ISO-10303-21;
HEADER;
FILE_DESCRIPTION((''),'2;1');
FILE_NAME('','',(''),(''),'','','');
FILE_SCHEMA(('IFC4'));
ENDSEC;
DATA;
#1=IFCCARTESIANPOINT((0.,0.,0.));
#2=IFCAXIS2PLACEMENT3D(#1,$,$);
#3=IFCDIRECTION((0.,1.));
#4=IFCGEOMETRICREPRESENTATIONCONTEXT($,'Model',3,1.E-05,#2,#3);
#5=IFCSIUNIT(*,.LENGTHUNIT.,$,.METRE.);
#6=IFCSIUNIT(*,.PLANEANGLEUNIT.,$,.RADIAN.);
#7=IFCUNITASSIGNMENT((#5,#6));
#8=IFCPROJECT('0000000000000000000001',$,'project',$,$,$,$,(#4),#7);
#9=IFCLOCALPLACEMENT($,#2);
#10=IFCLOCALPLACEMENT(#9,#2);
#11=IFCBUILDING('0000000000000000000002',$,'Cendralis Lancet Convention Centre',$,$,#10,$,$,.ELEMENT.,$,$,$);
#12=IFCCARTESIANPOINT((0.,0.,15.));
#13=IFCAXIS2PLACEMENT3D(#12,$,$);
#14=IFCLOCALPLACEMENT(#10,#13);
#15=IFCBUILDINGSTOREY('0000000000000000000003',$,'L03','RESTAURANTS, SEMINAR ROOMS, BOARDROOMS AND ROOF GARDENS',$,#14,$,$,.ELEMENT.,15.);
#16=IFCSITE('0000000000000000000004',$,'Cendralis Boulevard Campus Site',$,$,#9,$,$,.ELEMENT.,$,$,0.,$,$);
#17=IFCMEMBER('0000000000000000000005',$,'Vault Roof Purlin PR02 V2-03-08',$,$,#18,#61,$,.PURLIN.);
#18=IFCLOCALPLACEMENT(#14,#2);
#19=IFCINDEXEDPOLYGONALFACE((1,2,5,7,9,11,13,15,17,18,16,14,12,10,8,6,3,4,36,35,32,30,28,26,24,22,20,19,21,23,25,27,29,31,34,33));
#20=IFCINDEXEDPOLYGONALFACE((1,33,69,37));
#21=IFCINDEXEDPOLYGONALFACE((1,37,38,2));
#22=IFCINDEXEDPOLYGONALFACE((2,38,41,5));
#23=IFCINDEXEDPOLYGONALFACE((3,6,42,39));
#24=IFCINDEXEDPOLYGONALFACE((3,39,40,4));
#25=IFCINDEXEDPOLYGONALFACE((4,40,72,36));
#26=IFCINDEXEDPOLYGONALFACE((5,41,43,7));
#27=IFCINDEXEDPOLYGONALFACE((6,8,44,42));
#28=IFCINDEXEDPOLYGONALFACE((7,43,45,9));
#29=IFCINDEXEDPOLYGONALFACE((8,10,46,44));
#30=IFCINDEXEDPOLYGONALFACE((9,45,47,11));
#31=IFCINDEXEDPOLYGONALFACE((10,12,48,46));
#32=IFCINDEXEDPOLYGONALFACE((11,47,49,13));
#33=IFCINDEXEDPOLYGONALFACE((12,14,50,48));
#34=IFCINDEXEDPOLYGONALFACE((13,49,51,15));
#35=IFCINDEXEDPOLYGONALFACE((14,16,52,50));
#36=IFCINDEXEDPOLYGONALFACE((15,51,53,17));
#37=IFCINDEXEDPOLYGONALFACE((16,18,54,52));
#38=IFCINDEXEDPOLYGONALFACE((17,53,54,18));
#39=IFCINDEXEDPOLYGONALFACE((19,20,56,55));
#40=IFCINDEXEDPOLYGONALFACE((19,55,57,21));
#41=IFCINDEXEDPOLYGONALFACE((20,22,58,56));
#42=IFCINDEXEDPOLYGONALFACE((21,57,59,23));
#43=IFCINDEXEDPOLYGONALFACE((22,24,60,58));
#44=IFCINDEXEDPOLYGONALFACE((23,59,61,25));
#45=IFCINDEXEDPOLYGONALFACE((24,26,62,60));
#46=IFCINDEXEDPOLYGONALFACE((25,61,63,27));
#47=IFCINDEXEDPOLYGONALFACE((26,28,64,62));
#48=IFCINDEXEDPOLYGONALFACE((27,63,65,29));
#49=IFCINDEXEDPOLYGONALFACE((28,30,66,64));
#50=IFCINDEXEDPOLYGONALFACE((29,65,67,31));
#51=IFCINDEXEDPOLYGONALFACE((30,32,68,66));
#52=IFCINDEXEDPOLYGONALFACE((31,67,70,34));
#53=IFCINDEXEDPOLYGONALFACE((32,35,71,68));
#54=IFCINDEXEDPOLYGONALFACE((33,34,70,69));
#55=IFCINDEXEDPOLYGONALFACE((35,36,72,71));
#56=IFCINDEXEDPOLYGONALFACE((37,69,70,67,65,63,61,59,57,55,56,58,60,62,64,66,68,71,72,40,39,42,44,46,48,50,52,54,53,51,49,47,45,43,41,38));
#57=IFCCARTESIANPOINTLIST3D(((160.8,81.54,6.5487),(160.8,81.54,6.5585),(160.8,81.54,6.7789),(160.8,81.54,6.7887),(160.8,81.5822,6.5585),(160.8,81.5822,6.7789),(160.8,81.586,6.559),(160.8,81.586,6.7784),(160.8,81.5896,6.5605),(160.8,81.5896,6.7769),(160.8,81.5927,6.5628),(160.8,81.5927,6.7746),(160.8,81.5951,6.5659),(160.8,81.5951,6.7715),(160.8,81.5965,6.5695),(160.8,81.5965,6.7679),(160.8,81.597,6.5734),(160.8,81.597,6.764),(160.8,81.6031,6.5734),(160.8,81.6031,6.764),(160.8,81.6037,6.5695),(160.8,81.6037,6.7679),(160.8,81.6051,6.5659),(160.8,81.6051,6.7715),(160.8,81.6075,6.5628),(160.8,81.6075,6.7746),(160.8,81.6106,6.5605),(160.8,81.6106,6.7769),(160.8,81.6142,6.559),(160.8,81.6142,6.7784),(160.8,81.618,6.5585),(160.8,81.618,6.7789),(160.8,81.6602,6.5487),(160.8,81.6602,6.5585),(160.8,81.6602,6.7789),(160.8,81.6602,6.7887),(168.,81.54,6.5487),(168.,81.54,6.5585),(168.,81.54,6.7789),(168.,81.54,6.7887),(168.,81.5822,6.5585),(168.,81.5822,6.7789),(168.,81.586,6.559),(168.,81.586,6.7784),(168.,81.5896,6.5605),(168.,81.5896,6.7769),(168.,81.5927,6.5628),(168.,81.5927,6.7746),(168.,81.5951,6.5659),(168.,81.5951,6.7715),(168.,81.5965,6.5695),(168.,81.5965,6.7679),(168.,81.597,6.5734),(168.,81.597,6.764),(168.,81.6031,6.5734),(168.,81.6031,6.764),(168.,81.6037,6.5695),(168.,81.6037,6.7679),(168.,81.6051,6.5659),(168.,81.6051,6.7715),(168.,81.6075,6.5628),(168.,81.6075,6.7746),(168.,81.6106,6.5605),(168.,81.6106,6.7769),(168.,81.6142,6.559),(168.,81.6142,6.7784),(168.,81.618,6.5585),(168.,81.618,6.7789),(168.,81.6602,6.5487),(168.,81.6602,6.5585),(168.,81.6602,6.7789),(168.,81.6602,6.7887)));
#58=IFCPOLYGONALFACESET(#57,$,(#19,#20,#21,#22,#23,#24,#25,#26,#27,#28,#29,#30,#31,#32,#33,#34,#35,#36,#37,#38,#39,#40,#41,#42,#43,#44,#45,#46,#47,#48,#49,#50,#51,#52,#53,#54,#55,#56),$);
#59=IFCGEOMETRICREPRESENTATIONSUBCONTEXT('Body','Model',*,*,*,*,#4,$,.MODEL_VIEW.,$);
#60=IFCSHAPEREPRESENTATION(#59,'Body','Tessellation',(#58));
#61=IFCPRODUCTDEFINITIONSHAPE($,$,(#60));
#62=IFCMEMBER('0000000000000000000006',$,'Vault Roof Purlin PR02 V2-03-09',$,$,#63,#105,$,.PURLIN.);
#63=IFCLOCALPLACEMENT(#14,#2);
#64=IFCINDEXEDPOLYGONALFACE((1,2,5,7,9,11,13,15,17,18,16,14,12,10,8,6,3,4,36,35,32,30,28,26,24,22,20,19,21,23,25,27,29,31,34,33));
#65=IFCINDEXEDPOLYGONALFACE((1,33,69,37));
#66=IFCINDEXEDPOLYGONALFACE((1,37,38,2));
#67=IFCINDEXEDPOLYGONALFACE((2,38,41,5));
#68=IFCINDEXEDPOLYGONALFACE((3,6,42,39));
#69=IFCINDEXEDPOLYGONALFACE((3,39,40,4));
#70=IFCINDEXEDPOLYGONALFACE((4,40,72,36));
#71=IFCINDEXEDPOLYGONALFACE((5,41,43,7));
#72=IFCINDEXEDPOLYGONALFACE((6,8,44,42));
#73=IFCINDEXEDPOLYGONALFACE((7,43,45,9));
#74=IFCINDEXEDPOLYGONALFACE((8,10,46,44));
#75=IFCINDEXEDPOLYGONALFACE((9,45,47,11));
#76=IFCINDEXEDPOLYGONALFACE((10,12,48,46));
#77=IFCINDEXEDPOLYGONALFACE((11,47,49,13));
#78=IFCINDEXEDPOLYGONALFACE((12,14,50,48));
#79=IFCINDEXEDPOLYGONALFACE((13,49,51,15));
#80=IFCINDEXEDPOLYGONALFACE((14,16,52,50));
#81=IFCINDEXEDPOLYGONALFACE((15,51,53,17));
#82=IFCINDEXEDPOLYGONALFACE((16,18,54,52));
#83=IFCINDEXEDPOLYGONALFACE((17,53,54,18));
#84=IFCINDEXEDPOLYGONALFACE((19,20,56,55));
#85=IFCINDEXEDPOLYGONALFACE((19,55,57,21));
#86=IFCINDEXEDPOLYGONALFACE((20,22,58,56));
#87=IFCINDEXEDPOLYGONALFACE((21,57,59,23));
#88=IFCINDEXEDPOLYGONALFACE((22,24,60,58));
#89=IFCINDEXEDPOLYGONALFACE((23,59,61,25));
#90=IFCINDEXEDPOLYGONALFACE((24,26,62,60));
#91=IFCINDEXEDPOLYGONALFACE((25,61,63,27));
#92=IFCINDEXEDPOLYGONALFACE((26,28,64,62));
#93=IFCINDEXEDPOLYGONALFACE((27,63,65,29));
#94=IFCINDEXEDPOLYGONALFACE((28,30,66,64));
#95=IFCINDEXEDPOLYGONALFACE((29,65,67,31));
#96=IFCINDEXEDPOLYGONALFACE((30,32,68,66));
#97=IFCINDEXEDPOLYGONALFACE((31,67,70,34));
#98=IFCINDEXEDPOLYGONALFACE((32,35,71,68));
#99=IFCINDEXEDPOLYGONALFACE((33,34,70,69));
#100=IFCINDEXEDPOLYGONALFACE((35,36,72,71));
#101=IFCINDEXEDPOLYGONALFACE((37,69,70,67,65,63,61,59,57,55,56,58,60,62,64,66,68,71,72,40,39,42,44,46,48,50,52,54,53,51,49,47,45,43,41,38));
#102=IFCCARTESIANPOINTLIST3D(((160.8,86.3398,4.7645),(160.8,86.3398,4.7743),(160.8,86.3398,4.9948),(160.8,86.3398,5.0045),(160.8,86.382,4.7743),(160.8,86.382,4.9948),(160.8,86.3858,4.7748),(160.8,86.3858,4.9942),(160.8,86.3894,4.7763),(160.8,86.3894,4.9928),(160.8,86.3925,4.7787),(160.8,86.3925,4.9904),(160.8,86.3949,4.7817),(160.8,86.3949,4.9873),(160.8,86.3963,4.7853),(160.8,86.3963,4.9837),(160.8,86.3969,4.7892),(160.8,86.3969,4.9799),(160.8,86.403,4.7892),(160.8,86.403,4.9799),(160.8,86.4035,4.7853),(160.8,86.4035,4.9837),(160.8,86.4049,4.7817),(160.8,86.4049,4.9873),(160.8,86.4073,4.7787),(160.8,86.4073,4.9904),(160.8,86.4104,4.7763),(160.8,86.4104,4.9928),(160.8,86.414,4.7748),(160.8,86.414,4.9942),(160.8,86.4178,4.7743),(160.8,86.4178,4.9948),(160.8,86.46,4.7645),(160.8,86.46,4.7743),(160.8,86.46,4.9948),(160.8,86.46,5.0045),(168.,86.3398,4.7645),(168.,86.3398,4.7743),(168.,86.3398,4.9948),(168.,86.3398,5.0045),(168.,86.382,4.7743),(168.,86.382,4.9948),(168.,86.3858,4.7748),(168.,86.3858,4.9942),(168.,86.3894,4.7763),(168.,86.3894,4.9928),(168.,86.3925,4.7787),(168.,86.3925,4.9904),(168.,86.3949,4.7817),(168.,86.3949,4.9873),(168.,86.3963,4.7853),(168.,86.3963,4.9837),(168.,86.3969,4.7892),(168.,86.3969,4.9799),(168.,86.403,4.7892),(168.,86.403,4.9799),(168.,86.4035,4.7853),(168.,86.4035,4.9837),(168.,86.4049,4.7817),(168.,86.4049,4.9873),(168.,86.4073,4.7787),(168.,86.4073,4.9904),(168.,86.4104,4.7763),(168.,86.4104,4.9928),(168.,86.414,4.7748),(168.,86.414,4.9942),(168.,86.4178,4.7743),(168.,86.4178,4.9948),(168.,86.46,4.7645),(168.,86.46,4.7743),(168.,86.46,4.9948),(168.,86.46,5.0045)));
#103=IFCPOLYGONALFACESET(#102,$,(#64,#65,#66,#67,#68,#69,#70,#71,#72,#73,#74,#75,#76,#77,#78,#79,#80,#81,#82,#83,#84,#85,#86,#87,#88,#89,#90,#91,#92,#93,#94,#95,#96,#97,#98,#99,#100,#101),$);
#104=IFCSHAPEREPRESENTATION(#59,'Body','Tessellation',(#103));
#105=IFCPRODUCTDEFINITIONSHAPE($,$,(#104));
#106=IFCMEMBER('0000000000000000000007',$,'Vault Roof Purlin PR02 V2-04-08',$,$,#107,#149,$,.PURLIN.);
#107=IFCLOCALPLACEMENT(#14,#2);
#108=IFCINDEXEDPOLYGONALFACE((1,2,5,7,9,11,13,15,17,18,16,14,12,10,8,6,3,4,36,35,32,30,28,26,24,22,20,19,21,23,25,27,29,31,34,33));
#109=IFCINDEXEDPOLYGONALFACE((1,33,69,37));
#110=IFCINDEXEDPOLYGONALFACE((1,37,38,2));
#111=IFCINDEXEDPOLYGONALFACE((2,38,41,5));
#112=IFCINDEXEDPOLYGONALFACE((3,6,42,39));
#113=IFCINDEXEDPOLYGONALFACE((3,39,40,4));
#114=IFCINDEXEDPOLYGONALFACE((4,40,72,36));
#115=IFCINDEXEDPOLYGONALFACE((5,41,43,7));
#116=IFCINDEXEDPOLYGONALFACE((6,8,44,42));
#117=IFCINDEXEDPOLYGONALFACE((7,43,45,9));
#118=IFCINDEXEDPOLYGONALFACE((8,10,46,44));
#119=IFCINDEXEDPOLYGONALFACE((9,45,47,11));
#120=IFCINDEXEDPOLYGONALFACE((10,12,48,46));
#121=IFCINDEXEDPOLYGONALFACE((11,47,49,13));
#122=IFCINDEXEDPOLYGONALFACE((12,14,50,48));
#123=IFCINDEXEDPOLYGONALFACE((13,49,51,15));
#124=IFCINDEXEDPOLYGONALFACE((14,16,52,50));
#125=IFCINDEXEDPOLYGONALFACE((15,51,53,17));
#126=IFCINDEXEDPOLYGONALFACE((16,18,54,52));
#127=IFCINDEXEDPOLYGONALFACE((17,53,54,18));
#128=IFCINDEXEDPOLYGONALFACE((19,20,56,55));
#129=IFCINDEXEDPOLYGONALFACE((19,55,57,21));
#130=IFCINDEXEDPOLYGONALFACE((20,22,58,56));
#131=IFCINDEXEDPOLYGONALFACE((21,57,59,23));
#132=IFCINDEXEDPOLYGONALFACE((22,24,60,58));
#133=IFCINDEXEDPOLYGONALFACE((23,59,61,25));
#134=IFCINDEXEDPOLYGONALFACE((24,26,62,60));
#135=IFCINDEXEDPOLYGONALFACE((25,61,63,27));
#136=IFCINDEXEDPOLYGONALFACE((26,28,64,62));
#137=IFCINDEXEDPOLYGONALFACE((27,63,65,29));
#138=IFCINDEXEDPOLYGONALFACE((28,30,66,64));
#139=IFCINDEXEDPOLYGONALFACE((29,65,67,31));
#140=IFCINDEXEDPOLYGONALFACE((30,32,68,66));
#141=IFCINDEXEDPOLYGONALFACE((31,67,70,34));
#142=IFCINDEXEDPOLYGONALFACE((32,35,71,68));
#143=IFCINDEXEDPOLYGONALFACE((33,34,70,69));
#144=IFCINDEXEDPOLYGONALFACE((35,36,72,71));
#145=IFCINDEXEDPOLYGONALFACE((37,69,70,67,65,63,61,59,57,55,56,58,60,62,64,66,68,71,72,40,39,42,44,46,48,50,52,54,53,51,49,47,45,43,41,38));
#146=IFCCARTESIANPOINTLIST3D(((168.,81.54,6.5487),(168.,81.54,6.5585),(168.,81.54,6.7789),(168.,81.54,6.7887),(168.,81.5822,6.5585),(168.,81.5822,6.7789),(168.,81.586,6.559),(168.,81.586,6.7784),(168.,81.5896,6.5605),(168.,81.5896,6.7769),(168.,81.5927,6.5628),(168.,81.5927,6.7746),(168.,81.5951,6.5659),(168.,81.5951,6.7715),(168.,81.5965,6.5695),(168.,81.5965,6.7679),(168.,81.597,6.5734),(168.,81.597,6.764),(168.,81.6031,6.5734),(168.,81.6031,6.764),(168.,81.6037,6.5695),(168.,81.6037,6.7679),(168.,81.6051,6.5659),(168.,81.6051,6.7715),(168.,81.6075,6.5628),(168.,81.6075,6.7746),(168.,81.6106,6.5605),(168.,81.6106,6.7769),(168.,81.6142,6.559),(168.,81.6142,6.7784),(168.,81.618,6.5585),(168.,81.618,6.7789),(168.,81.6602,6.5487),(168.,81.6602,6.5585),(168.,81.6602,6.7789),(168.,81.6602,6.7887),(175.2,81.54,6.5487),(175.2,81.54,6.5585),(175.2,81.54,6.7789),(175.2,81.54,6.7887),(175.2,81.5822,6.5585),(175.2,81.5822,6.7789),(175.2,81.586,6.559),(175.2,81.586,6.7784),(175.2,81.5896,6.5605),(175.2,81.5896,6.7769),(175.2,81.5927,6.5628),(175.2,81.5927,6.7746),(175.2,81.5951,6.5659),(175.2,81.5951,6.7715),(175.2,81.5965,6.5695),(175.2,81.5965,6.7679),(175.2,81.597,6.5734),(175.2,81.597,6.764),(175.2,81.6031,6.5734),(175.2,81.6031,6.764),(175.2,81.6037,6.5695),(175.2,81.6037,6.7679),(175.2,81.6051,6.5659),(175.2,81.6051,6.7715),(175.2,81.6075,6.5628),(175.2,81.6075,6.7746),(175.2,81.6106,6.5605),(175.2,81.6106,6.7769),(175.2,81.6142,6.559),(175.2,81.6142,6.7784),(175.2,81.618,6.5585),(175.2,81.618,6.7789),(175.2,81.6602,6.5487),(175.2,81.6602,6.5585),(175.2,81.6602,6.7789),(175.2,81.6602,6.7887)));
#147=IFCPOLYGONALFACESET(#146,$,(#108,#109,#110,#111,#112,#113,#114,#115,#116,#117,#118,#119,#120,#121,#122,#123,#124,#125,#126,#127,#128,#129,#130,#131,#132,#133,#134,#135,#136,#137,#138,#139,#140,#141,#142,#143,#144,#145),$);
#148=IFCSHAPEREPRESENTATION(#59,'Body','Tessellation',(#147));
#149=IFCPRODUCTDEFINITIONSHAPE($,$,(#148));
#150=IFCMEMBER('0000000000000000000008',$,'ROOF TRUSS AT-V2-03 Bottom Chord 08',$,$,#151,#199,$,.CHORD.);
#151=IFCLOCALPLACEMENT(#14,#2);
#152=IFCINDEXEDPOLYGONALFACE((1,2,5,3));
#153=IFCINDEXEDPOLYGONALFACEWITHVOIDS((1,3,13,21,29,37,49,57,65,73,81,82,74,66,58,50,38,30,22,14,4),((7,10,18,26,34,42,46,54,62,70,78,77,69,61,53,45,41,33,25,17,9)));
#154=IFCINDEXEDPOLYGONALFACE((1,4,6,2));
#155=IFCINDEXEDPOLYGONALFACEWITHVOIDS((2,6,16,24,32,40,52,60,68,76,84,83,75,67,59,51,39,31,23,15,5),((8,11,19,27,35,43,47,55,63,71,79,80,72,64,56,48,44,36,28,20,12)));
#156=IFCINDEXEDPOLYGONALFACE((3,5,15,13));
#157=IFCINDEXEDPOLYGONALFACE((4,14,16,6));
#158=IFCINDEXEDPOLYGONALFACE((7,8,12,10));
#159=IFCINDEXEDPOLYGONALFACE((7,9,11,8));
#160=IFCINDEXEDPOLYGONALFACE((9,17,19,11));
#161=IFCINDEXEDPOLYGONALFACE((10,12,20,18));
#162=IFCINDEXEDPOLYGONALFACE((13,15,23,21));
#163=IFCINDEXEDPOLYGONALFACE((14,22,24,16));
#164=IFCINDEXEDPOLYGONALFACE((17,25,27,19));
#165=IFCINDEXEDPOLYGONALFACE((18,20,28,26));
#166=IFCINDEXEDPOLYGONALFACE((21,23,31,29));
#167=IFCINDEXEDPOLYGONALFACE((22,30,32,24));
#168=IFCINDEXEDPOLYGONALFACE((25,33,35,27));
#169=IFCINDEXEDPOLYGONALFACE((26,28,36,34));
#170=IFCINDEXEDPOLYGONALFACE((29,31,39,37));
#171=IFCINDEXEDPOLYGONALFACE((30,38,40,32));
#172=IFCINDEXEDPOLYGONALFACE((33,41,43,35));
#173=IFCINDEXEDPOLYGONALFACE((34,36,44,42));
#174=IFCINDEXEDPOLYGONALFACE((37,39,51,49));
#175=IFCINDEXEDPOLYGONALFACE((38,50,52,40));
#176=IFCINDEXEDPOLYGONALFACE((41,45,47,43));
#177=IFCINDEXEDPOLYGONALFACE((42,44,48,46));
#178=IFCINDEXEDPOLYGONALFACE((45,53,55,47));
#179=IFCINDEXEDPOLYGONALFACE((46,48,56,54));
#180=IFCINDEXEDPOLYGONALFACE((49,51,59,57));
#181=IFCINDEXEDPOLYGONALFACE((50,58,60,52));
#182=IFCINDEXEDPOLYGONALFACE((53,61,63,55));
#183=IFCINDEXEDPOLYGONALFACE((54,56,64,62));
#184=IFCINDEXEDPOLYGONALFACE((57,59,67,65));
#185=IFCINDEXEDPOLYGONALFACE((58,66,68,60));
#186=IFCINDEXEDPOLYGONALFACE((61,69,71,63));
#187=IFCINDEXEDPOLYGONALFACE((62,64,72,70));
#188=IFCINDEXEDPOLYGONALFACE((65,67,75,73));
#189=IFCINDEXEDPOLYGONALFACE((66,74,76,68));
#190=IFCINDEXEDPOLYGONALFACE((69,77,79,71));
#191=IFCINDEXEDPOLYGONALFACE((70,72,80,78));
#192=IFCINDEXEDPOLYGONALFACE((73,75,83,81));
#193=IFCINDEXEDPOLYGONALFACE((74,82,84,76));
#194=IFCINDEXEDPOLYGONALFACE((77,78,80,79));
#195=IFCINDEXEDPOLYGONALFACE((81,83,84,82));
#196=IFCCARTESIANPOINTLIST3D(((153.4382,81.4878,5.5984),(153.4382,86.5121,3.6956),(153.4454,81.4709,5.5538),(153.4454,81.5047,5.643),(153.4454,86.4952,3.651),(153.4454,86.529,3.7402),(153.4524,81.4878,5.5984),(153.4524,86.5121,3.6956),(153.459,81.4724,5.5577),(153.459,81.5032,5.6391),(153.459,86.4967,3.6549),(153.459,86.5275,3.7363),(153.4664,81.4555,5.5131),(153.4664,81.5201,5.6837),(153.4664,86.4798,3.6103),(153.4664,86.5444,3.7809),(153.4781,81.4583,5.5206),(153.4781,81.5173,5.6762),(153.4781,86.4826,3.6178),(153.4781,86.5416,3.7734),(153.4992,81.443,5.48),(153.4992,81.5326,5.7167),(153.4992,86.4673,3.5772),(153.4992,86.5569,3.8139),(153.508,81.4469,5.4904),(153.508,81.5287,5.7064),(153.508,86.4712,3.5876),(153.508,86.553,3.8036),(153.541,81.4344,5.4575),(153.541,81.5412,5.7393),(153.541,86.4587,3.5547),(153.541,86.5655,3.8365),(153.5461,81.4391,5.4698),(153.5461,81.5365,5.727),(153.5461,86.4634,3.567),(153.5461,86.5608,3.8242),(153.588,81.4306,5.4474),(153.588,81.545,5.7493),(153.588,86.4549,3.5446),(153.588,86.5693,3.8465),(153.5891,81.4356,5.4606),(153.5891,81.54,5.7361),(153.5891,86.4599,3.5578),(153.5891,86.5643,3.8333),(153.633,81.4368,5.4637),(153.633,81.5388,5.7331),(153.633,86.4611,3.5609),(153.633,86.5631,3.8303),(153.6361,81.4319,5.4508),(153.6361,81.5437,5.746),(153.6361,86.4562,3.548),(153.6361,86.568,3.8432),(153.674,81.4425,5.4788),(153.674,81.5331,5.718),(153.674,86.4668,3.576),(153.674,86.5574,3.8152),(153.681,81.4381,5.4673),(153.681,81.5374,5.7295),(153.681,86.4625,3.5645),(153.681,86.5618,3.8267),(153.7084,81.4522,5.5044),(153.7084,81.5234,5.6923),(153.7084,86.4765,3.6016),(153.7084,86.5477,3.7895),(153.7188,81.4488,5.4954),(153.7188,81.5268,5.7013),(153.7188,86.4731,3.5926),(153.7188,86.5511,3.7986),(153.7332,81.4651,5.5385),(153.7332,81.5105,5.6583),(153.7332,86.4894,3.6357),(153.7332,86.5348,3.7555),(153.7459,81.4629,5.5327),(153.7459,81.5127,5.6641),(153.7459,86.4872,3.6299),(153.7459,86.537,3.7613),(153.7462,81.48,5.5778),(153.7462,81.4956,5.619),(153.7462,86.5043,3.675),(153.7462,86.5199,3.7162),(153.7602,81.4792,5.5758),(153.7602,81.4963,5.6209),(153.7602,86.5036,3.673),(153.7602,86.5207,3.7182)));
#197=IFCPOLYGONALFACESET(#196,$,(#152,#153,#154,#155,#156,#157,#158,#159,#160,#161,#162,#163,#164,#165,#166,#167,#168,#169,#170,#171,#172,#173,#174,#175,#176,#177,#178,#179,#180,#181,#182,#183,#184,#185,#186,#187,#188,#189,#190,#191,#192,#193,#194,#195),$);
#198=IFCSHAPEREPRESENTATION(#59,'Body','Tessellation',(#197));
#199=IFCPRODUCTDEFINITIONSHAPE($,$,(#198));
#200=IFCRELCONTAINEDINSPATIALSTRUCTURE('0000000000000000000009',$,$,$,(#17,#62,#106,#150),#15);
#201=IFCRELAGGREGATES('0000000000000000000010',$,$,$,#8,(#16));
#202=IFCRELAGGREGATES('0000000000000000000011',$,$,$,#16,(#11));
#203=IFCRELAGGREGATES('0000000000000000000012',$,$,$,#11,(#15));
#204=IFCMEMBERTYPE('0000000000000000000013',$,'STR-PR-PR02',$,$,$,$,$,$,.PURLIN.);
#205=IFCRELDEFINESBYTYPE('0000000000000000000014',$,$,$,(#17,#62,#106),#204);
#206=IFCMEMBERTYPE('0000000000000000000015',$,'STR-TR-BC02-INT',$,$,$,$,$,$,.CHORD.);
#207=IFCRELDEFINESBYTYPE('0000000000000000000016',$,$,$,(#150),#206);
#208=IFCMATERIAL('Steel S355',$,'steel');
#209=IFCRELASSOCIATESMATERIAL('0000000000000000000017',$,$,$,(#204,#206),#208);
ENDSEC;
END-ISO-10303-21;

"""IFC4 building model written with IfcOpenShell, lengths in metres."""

from ifc_helpers import new_model, si_unit, direction, frame, origin, origin_2d, place, context, subcontext, project, spatial, hollow_circle, i_section, extrude, material, material_profile, profile_set, type_object, element, save


model = new_model("IFC4")

# Units and contexts
model_context = context("Model", 3, precision=1e-05, world=origin(), true_north=direction((0.0, 1.0)))
body_context = subcontext(model_context, "Body", "Model", "MODEL_VIEW")
ifc_project = project(units=[si_unit("LENGTHUNIT", "METRE"), si_unit("PLANEANGLEUNIT", "RADIAN")], contexts=[model_context])

# Site, building, storey
site_placement = place(None, origin())
site = spatial("IfcSite", under=ifc_project, at=site_placement, Name="Cendralis Boulevard Campus Site", CompositionType="ELEMENT", RefElevation=0.0)
building_placement = place(site_placement, origin())
building = spatial("IfcBuilding", under=site, at=building_placement, Name="Cendralis Lancet Convention Centre", CompositionType="ELEMENT")
storey_placement = place(building_placement, frame((0.0, 0.0, 15.0)))
storey = spatial("IfcBuildingStorey", under=building, at=storey_placement, Name="L03", Description="RESTAURANTS, SEMINAR ROOMS, BOARDROOMS AND ROOF GARDENS", CompositionType="ELEMENT", Elevation=15.0)

# Shared definitions
ifc_material_1 = material(Name="Steel S355", Category="steel")

# Members
ifc_material_profile_1 = material_profile(ifc_material_1, i_section(OverallWidth=0.1201, OverallDepth=0.24, WebThickness=0.0061, FlangeThickness=0.0098, FilletRadius=0.0149, at=origin_2d()), Name="IPE 240")
ifc_profile_set_1 = profile_set([ifc_material_profile_1], Name="Steel S355")
member_type_1 = type_object("IfcMemberType", Name="STR-PR-PR02", PredefinedType="PURLIN", material=ifc_profile_set_1)
for number, where, z_axis, x_axis, name in (
    (1, (160.8, 81.6001, 6.6687), (1.0, 0.0, 0.0), (0.0, 1.0, 0.0), "Vault Roof Purlin PR02 V2-03-08"),
    (2, (160.8, 86.3999, 4.8845), (1.0, 0.0, 0.0), (0.0, 1.0, 0.0), "Vault Roof Purlin PR02 V2-03-09"),
    (3, (168.0, 81.6001, 6.6687), (1.0, 0.0, 0.0), (0.0, 1.0, 0.0), "Vault Roof Purlin PR02 V2-04-08"),
):
    element("IfcMember", number, at=place(storey_placement, frame(where, z_axis=z_axis, x_axis=x_axis)), inside=storey, type_object=member_type_1, Name=name, PredefinedType="PURLIN", context=body_context, shape_type="SweptSolid", body=[
        extrude(i_section(OverallWidth=0.1201, OverallDepth=0.24, WebThickness=0.0061, FlangeThickness=0.0098, FilletRadius=0.0149, at=origin_2d()), origin(), (0.0, 0.0, 1.0), 7.2),
    ])
ifc_material_profile_2 = material_profile(ifc_material_1, hollow_circle(Radius=0.1619, WallThickness=0.0142, at=origin_2d()), Name="CHS 323.9x14.2")
ifc_profile_set_2 = profile_set([ifc_material_profile_2], Name="Steel S355")
member_type_2 = type_object("IfcMemberType", Name="STR-TR-BC02-INT", PredefinedType="CHORD", material=ifc_profile_set_2)
member_1_placement = place(storey_placement, frame((153.6001, 81.4878, 5.5984), z_axis=(0.0, 0.935181, -0.354169), x_axis=(-1.0, 0.0, 0.0)))
element("IfcMember", 4, at=member_1_placement, inside=storey, type_object=member_type_2, Name="ROOF TRUSS AT-V2-03 Bottom Chord 08", PredefinedType="CHORD", context=body_context, shape_type="SweptSolid", body=[
    extrude(hollow_circle(Radius=0.1619, WallThickness=0.0142, at=origin_2d()), origin(), (0.0, 0.0, 1.0), 5.3726),
])

save(model, "model.ifc")
